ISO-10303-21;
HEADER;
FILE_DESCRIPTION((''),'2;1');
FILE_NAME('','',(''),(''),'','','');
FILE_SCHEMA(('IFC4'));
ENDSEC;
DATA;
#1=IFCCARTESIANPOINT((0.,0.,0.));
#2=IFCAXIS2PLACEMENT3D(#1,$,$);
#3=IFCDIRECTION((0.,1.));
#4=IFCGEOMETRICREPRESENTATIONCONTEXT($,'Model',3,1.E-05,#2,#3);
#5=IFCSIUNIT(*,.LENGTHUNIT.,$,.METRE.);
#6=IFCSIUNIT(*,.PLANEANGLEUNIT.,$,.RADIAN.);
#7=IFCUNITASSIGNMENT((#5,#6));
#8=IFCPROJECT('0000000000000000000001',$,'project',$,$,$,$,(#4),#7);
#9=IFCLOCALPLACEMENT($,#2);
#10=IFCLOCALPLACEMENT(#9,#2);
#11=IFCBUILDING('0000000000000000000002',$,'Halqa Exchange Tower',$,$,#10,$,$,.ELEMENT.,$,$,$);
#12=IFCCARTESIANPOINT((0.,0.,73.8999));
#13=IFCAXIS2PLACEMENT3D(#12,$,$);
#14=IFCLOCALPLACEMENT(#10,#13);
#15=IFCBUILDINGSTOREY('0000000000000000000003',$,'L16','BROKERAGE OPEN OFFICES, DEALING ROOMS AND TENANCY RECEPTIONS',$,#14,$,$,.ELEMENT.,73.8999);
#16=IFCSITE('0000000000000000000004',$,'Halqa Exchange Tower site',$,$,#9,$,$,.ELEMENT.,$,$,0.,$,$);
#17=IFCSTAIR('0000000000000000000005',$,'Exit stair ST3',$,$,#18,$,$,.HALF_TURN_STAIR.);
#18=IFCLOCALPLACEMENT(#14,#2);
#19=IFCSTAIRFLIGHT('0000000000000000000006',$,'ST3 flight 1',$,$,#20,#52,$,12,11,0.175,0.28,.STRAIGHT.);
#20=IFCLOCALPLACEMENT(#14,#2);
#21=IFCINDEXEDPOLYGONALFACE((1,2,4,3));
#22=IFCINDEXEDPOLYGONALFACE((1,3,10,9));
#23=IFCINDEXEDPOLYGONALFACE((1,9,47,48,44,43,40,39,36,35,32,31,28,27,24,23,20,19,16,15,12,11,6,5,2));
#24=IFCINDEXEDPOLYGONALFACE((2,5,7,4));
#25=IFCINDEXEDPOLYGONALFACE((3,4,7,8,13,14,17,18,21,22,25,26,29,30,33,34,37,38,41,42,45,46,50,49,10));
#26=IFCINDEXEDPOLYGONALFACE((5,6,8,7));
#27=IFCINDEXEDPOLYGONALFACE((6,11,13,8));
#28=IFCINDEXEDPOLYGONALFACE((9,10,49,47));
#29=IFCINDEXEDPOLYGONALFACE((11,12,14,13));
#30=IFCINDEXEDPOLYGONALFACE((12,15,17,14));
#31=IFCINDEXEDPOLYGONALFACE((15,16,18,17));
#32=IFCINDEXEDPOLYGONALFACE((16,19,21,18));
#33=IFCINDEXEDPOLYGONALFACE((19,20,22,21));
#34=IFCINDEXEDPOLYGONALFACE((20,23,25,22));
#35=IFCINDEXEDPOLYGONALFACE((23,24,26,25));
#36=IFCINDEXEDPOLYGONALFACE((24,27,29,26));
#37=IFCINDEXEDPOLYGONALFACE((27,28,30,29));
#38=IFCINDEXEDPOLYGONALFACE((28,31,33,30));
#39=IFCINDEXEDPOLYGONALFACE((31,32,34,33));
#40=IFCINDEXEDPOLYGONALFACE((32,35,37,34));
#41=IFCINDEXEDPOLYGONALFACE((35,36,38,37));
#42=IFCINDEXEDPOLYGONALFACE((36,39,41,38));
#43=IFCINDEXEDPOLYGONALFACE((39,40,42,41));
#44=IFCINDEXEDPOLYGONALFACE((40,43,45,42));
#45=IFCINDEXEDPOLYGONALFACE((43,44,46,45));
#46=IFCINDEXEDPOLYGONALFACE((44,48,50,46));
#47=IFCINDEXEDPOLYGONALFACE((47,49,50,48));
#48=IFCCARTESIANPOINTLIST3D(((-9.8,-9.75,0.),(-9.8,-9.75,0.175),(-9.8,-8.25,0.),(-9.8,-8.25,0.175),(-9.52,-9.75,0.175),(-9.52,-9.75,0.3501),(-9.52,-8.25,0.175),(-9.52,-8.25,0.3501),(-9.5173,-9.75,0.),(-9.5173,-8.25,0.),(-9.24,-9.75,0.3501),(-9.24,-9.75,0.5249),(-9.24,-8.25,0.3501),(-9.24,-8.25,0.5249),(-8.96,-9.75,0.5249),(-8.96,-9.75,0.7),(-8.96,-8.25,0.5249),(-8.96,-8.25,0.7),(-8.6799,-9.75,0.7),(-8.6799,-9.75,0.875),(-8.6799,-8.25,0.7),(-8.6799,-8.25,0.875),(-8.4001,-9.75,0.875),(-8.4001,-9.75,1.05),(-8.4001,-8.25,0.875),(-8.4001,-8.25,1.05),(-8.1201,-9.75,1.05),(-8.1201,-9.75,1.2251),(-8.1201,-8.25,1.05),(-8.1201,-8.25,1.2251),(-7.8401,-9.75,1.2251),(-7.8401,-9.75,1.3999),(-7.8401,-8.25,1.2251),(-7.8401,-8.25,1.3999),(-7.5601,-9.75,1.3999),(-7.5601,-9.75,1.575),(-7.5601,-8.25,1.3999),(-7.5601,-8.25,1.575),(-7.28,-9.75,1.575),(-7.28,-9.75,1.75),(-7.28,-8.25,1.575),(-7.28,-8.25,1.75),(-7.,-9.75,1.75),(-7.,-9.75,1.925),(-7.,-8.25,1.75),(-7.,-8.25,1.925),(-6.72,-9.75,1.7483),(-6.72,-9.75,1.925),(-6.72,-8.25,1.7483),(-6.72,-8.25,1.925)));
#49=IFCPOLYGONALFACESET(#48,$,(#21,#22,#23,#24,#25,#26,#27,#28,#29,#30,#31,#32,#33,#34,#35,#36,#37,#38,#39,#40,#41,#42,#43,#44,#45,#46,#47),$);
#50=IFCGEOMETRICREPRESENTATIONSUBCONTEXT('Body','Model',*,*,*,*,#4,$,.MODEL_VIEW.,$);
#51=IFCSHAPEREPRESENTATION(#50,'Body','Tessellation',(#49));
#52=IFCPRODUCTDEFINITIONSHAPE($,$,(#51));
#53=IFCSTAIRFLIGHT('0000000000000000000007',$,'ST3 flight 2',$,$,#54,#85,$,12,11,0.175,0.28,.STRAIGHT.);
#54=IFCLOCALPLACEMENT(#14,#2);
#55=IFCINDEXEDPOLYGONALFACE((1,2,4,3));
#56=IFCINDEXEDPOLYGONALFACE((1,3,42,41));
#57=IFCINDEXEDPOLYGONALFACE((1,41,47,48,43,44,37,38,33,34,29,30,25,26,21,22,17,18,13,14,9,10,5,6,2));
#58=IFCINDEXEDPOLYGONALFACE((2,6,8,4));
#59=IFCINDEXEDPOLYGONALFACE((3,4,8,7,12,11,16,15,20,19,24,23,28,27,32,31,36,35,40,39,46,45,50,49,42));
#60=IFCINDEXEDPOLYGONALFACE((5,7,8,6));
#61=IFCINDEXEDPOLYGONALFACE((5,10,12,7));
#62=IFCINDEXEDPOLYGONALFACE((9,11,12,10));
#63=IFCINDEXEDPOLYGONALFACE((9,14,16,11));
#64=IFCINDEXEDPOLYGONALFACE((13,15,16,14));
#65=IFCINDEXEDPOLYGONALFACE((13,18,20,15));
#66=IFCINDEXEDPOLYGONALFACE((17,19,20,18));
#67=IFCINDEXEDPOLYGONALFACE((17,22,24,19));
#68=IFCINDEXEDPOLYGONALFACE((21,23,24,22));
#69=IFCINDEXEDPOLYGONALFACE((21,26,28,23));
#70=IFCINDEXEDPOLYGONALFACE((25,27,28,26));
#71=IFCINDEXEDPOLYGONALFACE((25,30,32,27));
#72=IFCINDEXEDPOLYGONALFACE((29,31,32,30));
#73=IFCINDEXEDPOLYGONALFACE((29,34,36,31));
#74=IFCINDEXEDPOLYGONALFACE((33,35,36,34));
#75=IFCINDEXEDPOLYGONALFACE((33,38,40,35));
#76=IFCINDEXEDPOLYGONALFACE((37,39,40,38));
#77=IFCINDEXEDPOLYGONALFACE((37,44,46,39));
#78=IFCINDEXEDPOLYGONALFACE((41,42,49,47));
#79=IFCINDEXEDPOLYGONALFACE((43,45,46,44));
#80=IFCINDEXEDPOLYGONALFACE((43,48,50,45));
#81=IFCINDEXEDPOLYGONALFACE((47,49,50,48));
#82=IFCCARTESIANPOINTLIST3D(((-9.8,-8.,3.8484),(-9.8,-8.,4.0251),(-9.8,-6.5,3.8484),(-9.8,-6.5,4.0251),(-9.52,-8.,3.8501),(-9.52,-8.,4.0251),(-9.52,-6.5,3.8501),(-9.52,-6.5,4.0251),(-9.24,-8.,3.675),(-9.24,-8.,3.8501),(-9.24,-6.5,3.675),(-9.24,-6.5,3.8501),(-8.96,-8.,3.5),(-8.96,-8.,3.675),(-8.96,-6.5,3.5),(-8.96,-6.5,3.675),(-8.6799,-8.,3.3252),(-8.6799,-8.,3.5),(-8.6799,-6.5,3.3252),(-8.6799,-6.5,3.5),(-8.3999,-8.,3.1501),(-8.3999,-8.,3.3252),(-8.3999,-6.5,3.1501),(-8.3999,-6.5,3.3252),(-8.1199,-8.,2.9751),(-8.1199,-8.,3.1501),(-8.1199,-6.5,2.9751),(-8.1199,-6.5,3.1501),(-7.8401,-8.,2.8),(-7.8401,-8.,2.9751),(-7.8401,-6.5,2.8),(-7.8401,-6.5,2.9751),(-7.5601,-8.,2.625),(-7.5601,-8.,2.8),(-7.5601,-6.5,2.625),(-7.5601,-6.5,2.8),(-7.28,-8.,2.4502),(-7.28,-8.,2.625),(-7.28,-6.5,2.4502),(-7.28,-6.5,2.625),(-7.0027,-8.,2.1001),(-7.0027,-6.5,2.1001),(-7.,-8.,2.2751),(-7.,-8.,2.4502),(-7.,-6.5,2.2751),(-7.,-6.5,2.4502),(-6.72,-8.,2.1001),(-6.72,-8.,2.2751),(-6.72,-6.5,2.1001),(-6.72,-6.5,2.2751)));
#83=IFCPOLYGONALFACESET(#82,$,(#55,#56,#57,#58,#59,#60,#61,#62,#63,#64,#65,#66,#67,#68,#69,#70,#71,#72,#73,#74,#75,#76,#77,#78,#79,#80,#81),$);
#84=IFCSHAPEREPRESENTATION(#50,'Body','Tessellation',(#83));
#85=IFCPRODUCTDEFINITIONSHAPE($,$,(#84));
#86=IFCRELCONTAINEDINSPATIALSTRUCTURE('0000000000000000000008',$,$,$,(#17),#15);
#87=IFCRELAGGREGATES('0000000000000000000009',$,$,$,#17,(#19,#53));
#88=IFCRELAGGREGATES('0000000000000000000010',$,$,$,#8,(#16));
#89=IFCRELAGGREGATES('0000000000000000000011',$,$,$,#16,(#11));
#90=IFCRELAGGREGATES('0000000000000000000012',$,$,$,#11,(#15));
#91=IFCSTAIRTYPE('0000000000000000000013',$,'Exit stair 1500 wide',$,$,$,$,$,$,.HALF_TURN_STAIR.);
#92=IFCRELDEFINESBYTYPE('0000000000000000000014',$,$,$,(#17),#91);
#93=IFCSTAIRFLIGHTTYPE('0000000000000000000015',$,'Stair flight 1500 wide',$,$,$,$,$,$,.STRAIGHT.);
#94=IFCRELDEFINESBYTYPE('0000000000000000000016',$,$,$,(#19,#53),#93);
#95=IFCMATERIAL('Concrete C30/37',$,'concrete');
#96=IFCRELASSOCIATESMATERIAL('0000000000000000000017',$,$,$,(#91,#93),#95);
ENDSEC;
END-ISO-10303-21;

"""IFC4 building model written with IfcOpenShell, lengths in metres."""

from ifc_helpers import new_model, si_unit, direction, frame, origin, place, context, subcontext, project, spatial, polyline, outline, extrude, material, type_object, element, aggregate, save


model = new_model("IFC4")

# Units and contexts
model_context = context("Model", 3, precision=1e-05, world=origin(), true_north=direction((0.0, 1.0)))
body_context = subcontext(model_context, "Body", "Model", "MODEL_VIEW")
ifc_project = project(units=[si_unit("LENGTHUNIT", "METRE"), si_unit("PLANEANGLEUNIT", "RADIAN")], contexts=[model_context])

# Site, building, storey
site_placement = place(None, origin())
site = spatial("IfcSite", under=ifc_project, at=site_placement, Name="Halqa Exchange Tower site", CompositionType="ELEMENT", RefElevation=0.0)
building_placement = place(site_placement, origin())
building = spatial("IfcBuilding", under=site, at=building_placement, Name="Halqa Exchange Tower", CompositionType="ELEMENT")
storey_placement = place(building_placement, frame((0.0, 0.0, 73.8999)))
storey = spatial("IfcBuildingStorey", under=building, at=storey_placement, Name="L16", Description="BROKERAGE OPEN OFFICES, DEALING ROOMS AND TENANCY RECEPTIONS", CompositionType="ELEMENT", Elevation=73.8999)

# Shared definitions
ifc_material_1 = material(Name="Concrete C30/37", Category="concrete")

# Stair, stair flights
stair_type = type_object("IfcStairType", Name="Exit stair 1500 wide", PredefinedType="HALF_TURN_STAIR", material=ifc_material_1)
stair_placement = place(storey_placement, origin())
stair = element("IfcStair", 1, at=stair_placement, inside=storey, type_object=stair_type, Name="Exit stair ST3", PredefinedType="HALF_TURN_STAIR")
stair_flight_type = type_object("IfcStairFlightType", Name="Stair flight 1500 wide", PredefinedType="STRAIGHT", material=ifc_material_1)
stair_flight_1_placement = place(storey_placement, frame((-9.8, -9.0, 0.0), z_axis=(0.0, 0.0, 1.0), x_axis=(1.0, 0.0, 0.0)))
stair_flight_1 = element("IfcStairFlight", 2, at=stair_flight_1_placement, type_object=stair_flight_type, Name="ST3 flight 1", NumberOfRisers=12, NumberOfTreads=11, PredefinedType="STRAIGHT", RiserHeight=0.175, TreadLength=0.28, context=body_context, shape_type="SweptSolid", body=[
    extrude(outline(polyline([(0.0, 0.0), (0.0, 0.175), (0.28, 0.175), (0.28, 0.3501), (0.5601, 0.3501), (0.5601, 0.5249), (0.8401, 0.5249), (0.8401, 0.7), (1.1201, 0.7), (1.1201, 0.875), (1.3999, 0.875), (1.3999, 1.05), (1.6799, 1.05), (1.6799, 1.2251), (1.96, 1.2251), (1.96, 1.3999), (2.24, 1.3999), (2.24, 1.575), (2.52, 1.575), (2.52, 1.75), (2.8, 1.75), (2.8, 1.925), (3.0801, 1.925), (3.0801, 2.1001), (3.0801, 1.7483), (0.2827, 0.0), (0.0, 0.0)])), frame((0.0, 0.75, 0.0), z_axis=(0.0, -1.0, 0.0), x_axis=(1.0, 0.0, 0.0)), (0.0, 0.0, 1.0), 1.5),
])
stair_flight_2_placement = place(storey_placement, frame((-6.72, -7.25, 2.1001), z_axis=(0.0, 0.0, 1.0), x_axis=(-1.0, 0.0, 0.0)))
stair_flight_2 = element("IfcStairFlight", 3, at=stair_flight_2_placement, type_object=stair_flight_type, Name="ST3 flight 2", NumberOfRisers=12, NumberOfTreads=11, PredefinedType="STRAIGHT", RiserHeight=0.175, TreadLength=0.28, context=body_context, shape_type="SweptSolid", body=[
    extrude(outline(polyline([(0.0, 0.0), (0.0, 0.175), (0.28, 0.175), (0.28, 0.3501), (0.5601, 0.3501), (0.5601, 0.5249), (0.8401, 0.5249), (0.8401, 0.7), (1.1201, 0.7), (1.1201, 0.875), (1.3999, 0.875), (1.3999, 1.05), (1.6799, 1.05), (1.6799, 1.2251), (1.96, 1.2251), (1.96, 1.3999), (2.24, 1.3999), (2.24, 1.575), (2.52, 1.575), (2.52, 1.75), (2.8, 1.75), (2.8, 1.925), (3.0801, 1.925), (3.0801, 2.1001), (3.0801, 1.7483), (0.2827, 0.0), (0.0, 0.0)])), frame((0.0, 0.75, 0.0), z_axis=(0.0, -1.0, 0.0), x_axis=(1.0, 0.0, 0.0)), (0.0, 0.0, 1.0), 1.5),
])
aggregate(stair, [stair_flight_1, stair_flight_2])

save(model, "model.ifc")
